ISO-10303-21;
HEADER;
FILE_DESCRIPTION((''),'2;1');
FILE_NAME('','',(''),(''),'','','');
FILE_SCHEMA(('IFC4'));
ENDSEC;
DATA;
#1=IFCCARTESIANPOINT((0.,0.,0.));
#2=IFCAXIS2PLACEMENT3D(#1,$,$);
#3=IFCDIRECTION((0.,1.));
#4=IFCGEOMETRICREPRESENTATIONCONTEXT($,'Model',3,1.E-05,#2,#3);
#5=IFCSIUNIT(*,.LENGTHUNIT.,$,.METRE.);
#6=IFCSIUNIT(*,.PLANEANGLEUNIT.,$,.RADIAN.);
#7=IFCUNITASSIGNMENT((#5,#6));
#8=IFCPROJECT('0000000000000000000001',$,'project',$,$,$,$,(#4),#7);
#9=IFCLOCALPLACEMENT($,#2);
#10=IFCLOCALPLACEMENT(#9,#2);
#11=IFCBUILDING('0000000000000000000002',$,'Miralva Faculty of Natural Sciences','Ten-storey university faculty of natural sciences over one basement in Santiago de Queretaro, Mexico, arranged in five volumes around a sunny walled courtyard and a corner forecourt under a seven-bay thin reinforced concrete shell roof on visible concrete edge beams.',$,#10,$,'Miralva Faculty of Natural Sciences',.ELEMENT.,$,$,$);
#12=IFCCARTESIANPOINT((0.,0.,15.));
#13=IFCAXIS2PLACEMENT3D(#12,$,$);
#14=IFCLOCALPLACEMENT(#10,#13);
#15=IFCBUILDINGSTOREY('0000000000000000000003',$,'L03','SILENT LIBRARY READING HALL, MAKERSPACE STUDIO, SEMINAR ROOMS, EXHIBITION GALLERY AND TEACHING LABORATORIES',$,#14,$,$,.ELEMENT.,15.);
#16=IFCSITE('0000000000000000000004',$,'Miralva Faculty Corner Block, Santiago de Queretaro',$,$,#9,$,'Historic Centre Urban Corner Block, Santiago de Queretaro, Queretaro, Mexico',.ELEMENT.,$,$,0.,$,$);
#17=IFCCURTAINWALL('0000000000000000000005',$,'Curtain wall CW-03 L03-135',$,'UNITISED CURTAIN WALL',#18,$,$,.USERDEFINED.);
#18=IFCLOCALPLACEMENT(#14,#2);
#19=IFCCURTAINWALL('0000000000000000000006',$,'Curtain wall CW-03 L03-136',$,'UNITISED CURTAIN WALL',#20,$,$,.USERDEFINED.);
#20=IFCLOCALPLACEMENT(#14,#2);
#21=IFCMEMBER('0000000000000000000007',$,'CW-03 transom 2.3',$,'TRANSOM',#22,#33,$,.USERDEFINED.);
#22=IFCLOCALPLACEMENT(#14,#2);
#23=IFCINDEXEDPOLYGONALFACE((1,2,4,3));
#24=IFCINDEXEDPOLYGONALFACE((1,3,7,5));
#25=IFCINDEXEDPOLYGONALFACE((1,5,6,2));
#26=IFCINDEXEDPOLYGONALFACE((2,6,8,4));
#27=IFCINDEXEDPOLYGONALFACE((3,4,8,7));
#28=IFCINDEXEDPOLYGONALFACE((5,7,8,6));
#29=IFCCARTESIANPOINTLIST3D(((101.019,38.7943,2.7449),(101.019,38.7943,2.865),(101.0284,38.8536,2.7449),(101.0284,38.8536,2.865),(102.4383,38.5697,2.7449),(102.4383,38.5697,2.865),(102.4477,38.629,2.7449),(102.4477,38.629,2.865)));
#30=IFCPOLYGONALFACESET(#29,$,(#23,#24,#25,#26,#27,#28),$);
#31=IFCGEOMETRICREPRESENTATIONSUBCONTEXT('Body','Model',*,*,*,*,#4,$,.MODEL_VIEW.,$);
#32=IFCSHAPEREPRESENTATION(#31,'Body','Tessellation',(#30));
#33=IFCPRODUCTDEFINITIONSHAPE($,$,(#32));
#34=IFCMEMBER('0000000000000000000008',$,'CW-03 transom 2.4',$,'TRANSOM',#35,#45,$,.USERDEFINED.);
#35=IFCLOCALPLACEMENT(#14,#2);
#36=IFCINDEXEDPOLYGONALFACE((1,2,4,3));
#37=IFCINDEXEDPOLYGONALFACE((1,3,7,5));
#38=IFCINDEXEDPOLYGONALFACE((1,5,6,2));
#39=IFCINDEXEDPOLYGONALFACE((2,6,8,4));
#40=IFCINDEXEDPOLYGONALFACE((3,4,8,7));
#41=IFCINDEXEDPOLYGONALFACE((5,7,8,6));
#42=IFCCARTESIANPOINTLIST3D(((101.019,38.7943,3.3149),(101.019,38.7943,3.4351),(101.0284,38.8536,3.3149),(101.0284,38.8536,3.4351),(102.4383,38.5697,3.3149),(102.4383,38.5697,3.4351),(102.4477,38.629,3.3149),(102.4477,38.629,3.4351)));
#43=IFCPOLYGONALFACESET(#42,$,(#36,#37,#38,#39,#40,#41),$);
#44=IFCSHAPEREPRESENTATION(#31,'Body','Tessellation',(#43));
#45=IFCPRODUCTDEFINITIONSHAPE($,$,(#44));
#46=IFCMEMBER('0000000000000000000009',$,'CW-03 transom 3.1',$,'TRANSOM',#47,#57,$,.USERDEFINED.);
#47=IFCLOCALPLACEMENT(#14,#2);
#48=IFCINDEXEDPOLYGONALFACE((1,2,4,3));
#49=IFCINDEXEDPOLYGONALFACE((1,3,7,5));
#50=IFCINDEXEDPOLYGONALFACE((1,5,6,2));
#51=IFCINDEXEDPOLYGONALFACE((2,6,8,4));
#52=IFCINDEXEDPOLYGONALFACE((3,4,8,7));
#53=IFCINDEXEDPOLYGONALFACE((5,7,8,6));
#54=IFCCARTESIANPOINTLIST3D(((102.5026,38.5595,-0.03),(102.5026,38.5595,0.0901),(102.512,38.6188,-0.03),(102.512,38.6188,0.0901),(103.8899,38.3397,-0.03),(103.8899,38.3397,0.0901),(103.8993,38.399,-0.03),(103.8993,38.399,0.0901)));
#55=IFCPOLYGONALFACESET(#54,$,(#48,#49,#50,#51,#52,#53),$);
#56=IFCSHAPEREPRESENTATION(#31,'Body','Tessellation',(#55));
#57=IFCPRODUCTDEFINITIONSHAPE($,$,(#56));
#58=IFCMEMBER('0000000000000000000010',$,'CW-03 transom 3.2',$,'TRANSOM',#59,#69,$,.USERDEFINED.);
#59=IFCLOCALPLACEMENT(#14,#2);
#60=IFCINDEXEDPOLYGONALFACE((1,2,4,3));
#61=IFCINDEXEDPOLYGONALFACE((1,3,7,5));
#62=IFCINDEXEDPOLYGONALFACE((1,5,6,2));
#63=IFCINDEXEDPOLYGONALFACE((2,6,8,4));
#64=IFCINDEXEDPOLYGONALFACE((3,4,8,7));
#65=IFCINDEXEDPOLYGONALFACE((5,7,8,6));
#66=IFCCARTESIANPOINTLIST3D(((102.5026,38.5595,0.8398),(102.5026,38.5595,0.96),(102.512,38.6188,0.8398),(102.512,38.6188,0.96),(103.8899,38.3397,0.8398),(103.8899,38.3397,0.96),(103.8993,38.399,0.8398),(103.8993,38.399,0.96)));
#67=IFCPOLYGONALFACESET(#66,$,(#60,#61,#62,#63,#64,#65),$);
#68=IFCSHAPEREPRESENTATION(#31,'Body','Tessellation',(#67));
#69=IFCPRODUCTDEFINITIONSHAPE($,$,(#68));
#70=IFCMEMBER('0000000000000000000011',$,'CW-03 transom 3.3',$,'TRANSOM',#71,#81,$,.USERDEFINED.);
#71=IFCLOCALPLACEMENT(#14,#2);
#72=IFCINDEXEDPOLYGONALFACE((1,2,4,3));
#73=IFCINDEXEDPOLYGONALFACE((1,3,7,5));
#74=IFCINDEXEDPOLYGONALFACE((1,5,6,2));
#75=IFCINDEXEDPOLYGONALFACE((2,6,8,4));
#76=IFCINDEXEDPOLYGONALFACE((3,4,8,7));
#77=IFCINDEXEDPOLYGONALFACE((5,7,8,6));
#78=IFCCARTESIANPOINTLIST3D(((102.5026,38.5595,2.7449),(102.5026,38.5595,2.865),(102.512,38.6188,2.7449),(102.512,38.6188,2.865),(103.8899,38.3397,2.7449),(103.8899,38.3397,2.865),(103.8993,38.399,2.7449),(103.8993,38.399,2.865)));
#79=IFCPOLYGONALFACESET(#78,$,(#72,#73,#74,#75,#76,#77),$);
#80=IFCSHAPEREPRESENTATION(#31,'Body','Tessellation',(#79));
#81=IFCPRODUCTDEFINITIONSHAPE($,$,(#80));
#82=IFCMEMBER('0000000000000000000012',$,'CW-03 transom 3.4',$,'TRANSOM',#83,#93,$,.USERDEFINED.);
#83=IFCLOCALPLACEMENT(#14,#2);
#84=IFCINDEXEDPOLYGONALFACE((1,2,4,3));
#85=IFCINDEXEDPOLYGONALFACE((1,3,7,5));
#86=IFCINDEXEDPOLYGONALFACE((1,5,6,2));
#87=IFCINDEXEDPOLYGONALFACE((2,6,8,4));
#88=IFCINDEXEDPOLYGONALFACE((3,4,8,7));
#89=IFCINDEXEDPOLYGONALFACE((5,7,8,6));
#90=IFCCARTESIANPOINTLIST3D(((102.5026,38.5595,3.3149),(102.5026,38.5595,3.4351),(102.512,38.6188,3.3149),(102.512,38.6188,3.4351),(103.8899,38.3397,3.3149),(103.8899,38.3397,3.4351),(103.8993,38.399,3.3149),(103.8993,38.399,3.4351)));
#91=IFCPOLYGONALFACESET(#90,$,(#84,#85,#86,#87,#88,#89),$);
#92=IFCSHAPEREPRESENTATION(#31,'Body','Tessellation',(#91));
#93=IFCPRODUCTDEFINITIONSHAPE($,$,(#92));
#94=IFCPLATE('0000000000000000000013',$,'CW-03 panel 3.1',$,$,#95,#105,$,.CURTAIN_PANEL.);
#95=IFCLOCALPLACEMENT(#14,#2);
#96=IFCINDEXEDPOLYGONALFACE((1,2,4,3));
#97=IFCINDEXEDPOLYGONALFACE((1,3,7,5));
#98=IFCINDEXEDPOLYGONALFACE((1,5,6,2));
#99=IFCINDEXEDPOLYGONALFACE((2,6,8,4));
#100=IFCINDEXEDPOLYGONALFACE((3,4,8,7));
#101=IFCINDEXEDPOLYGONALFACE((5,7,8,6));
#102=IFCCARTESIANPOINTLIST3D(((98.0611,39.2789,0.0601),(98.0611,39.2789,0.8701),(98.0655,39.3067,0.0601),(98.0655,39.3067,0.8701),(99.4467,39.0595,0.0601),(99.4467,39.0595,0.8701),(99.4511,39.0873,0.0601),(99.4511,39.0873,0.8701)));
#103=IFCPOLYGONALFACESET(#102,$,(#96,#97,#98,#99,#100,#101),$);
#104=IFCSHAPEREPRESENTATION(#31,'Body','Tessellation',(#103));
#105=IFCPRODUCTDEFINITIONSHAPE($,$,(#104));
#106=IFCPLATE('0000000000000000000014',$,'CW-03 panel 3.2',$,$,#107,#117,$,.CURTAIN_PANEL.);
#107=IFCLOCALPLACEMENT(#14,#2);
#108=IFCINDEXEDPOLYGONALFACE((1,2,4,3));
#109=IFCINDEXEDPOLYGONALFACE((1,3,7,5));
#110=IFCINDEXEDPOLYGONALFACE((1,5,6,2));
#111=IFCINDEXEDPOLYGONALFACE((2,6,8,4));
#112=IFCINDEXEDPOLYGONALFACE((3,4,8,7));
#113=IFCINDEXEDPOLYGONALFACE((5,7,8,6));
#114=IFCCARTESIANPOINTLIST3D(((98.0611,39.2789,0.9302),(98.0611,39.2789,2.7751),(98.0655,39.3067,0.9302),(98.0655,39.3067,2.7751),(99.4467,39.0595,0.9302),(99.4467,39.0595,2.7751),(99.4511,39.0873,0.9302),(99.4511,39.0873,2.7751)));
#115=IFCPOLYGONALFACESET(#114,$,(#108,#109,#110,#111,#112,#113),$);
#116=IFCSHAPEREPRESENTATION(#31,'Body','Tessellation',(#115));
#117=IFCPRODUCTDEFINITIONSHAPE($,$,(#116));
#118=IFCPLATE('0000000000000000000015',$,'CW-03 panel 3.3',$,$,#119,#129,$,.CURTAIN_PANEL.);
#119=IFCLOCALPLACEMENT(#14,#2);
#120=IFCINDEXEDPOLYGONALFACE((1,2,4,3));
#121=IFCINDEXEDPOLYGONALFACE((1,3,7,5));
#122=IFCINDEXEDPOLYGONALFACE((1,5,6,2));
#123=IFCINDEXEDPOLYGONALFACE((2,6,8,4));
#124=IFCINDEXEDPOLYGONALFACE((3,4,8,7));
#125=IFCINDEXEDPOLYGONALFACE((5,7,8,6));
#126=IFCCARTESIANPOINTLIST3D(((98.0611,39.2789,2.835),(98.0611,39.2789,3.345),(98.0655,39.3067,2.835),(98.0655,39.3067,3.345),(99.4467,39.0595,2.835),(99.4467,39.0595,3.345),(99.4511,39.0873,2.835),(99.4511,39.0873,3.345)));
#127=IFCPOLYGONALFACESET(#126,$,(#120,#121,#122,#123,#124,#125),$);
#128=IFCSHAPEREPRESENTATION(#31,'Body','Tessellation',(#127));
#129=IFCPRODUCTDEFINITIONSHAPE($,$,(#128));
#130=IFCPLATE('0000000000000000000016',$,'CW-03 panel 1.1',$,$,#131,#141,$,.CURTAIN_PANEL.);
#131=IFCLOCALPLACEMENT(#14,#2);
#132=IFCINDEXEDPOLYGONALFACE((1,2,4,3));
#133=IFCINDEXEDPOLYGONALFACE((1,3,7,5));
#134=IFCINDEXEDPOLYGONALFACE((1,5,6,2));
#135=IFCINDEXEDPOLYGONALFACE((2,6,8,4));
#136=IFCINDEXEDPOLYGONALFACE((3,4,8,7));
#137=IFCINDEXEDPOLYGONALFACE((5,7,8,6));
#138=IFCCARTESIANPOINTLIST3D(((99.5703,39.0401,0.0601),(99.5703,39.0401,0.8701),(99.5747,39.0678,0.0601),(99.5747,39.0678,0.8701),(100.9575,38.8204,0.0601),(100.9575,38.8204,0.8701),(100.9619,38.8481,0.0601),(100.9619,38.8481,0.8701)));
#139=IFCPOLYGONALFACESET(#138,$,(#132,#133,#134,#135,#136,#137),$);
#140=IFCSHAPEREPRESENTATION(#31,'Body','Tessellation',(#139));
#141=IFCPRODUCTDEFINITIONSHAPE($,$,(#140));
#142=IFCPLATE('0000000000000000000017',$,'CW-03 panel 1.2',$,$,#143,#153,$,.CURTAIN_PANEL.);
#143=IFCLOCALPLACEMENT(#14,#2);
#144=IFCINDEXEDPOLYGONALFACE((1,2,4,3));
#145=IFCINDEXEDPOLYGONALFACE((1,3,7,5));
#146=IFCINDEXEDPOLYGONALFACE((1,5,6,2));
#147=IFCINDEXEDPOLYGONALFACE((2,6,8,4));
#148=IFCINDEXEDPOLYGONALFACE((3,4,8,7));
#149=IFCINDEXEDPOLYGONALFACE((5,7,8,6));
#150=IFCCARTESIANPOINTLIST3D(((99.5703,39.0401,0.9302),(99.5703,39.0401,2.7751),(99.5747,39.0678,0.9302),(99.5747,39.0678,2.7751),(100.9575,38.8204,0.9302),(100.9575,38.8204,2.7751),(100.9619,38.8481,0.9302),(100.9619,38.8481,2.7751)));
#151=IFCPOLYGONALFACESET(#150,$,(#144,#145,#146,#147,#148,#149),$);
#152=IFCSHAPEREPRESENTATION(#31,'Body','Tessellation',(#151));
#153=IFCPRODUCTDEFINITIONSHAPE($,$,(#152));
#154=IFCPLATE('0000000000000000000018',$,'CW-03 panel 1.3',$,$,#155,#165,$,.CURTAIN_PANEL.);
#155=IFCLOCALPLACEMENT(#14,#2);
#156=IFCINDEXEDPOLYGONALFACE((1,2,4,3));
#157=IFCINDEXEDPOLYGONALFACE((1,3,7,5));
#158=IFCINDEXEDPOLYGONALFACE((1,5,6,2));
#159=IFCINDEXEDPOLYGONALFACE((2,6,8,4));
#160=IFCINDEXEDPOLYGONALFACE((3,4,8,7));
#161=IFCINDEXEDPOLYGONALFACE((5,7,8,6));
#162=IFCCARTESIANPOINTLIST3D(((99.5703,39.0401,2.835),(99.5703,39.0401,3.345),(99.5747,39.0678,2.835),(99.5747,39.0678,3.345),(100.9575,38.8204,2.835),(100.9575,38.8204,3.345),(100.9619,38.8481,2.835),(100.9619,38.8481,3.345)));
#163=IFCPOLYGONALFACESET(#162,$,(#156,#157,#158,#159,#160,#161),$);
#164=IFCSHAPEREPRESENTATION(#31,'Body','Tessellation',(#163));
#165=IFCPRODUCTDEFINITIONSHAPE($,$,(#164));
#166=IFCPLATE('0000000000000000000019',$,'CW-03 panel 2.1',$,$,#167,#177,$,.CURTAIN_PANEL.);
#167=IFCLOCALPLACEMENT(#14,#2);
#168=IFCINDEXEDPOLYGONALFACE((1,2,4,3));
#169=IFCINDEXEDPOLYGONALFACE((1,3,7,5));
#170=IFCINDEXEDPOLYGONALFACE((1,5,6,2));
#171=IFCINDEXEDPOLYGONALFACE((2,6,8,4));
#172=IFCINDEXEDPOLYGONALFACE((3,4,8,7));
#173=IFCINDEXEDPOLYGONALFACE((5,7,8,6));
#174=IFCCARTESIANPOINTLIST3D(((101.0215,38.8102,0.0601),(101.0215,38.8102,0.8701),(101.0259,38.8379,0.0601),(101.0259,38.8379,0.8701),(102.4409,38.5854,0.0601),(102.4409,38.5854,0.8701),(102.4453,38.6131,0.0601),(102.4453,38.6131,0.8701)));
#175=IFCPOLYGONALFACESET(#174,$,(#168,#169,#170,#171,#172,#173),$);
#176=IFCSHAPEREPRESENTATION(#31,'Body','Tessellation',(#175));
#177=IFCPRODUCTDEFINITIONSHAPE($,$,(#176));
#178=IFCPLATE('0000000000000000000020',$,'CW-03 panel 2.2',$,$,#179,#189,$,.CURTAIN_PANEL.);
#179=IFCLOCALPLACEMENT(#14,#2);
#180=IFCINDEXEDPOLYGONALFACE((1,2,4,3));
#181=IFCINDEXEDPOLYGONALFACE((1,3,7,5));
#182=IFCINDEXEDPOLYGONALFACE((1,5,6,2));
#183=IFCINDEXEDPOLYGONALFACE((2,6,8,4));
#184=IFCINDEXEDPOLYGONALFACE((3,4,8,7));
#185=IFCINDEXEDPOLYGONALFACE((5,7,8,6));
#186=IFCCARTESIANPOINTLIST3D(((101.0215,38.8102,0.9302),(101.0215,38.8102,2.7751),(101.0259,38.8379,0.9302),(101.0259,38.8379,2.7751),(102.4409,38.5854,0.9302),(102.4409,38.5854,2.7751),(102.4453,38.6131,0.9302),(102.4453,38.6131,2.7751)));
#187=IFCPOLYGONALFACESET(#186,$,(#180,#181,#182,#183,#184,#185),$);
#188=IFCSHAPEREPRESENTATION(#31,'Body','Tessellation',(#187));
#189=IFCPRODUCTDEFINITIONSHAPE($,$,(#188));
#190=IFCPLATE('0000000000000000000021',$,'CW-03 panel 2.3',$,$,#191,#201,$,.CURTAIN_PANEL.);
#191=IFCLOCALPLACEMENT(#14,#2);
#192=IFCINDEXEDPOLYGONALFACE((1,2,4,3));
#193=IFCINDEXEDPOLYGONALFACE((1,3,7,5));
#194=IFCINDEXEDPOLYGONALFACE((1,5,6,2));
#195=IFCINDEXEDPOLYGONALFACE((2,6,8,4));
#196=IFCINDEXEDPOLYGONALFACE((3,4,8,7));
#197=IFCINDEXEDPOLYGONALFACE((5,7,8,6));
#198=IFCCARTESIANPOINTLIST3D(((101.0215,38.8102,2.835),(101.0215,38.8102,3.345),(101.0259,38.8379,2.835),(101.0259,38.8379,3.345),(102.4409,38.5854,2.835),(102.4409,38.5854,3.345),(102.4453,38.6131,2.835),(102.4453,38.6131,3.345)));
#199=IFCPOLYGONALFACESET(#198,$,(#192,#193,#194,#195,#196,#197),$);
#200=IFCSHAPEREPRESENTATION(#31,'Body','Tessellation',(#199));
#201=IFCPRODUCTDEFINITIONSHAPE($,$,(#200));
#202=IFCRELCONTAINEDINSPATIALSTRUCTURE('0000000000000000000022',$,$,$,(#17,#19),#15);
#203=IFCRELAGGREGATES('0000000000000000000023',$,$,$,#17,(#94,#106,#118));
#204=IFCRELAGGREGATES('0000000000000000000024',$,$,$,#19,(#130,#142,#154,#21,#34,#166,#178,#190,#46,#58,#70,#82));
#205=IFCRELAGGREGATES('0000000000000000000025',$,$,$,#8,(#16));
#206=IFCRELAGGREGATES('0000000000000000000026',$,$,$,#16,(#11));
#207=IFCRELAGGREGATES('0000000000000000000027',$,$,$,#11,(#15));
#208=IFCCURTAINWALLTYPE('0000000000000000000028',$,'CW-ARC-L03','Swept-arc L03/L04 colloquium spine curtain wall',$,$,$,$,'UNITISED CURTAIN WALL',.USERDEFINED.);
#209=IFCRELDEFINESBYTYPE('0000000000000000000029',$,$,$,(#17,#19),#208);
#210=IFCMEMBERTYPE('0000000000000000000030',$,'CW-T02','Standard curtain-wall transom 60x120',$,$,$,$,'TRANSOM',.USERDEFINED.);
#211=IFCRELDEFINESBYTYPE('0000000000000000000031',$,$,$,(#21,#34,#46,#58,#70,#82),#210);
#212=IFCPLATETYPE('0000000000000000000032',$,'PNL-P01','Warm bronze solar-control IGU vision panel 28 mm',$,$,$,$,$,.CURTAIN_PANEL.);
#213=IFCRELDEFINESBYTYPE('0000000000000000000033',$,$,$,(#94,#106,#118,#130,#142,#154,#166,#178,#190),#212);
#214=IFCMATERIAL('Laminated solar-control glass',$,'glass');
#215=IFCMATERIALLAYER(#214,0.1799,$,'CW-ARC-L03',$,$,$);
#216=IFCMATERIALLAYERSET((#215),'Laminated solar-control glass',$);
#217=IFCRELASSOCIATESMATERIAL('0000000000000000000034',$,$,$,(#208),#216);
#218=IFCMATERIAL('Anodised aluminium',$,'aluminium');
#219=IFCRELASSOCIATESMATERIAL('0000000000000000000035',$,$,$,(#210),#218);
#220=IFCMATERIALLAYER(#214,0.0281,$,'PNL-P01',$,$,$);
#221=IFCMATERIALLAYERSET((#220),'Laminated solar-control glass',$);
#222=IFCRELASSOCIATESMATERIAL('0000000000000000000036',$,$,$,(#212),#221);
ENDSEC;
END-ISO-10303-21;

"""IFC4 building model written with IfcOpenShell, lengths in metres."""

from ifc_helpers import new_model, si_unit, direction, frame, origin, origin_2d, place, context, subcontext, project, spatial, rectangle, extrude, material, layer, layer_set, material_profile, profile_set, type_object, element, aggregate, save


model = new_model("IFC4")

# Units and contexts
model_context = context("Model", 3, precision=1e-05, world=origin(), true_north=direction((0.0, 1.0)))
body_context = subcontext(model_context, "Body", "Model", "MODEL_VIEW")
ifc_project = project(units=[si_unit("LENGTHUNIT", "METRE"), si_unit("PLANEANGLEUNIT", "RADIAN")], contexts=[model_context])

# Site, building, storey
site_placement = place(None, origin())
site = spatial("IfcSite", under=ifc_project, at=site_placement, Name="Miralva Faculty Corner Block, Santiago de Queretaro", LongName="Historic Centre Urban Corner Block, Santiago de Queretaro, Queretaro, Mexico", CompositionType="ELEMENT", RefElevation=0.0)
building_placement = place(site_placement, origin())
building = spatial("IfcBuilding", under=site, at=building_placement, Name="Miralva Faculty of Natural Sciences", Description="Ten-storey university faculty of natural sciences over one basement in Santiago de Queretaro, Mexico, arranged in five volumes around a sunny walled courtyard and a corner forecourt under a seven-bay thin reinforced concrete shell roof on visible concrete edge beams.", LongName="Miralva Faculty of Natural Sciences", CompositionType="ELEMENT")
storey_placement = place(building_placement, frame((0.0, 0.0, 15.0)))
storey = spatial("IfcBuildingStorey", under=building, at=storey_placement, Name="L03", Description="SILENT LIBRARY READING HALL, MAKERSPACE STUDIO, SEMINAR ROOMS, EXHIBITION GALLERY AND TEACHING LABORATORIES", CompositionType="ELEMENT", Elevation=15.0)

# Curtain wall
ifc_material_1 = material(Name="Laminated solar-control glass", Category="glass")
ifc_layer_1 = layer(ifc_material_1, 0.1799, Name="CW-ARC-L03")
ifc_layer_set_1 = layer_set([ifc_layer_1], Name="Laminated solar-control glass")
curtain_wall_type = type_object("IfcCurtainWallType", Name="CW-ARC-L03", Description="Swept-arc L03/L04 colloquium spine curtain wall", ElementType="UNITISED CURTAIN WALL", PredefinedType="USERDEFINED", material=ifc_layer_set_1)
curtain_wall_1_placement = place(storey_placement, origin())
curtain_wall_1 = element("IfcCurtainWall", 1, at=curtain_wall_1_placement, inside=storey, type_object=curtain_wall_type, Name="Curtain wall CW-03 L03-135", ObjectType="UNITISED CURTAIN WALL", PredefinedType="USERDEFINED")
ifc_material_2 = material(Name="Anodised aluminium", Category="aluminium")

# Curtain wall, members
curtain_wall_2_placement = place(storey_placement, origin())
curtain_wall_2 = element("IfcCurtainWall", 2, at=curtain_wall_2_placement, inside=storey, type_object=curtain_wall_type, Name="Curtain wall CW-03 L03-136", ObjectType="UNITISED CURTAIN WALL", PredefinedType="USERDEFINED")
ifc_material_profile_1 = material_profile(ifc_material_2, rectangle(XDim=0.0601, YDim=0.1201, at=origin_2d()), Name="TRANSOM 60x120")
ifc_profile_set_1 = profile_set([ifc_material_profile_1], Name="Anodised aluminium")
member_type_1 = type_object("IfcMemberType", Name="CW-T02", Description="Standard curtain-wall transom 60x120", ElementType="TRANSOM", PredefinedType="USERDEFINED", material=ifc_profile_set_1)
member_1_placement = place(storey_placement, frame((101.0237, 38.824, 2.8049), z_axis=(0.987711, -0.156294, 0.0), x_axis=(0.156294, 0.987711, 0.0)))
member_1 = element("IfcMember", 3, at=member_1_placement, type_object=member_type_1, Name="CW-03 transom 2.3", ObjectType="TRANSOM", PredefinedType="USERDEFINED", context=body_context, shape_type="SweptSolid", body=[
    extrude(rectangle(XDim=0.0601, YDim=0.1201, at=origin_2d()), origin(), (0.0, 0.0, 1.0), 1.437),
])
member_2_placement = place(storey_placement, frame((101.0237, 38.824, 3.375), z_axis=(0.987711, -0.156294, 0.0), x_axis=(0.156294, 0.987711, 0.0)))
member_2 = element("IfcMember", 4, at=member_2_placement, type_object=member_type_1, Name="CW-03 transom 2.4", ObjectType="TRANSOM", PredefinedType="USERDEFINED", context=body_context, shape_type="SweptSolid", body=[
    extrude(rectangle(XDim=0.0601, YDim=0.1201, at=origin_2d()), origin(), (0.0, 0.0, 1.0), 1.437),
])
member_3_placement = place(storey_placement, frame((102.5073, 38.5891, 0.03), z_axis=(0.987687, -0.156445, 0.0), x_axis=(0.156445, 0.987687, 0.0)))
member_3 = element("IfcMember", 5, at=member_3_placement, type_object=member_type_1, Name="CW-03 transom 3.1", ObjectType="TRANSOM", PredefinedType="USERDEFINED", context=body_context, shape_type="SweptSolid", body=[
    extrude(rectangle(XDim=0.0601, YDim=0.1201, at=origin_2d()), origin(), (0.0, 0.0, 1.0), 1.4045),
])
member_4_placement = place(storey_placement, frame((102.5073, 38.5891, 0.8999), z_axis=(0.987687, -0.156445, 0.0), x_axis=(0.156445, 0.987687, 0.0)))
member_4 = element("IfcMember", 6, at=member_4_placement, type_object=member_type_1, Name="CW-03 transom 3.2", ObjectType="TRANSOM", PredefinedType="USERDEFINED", context=body_context, shape_type="SweptSolid", body=[
    extrude(rectangle(XDim=0.0601, YDim=0.1201, at=origin_2d()), origin(), (0.0, 0.0, 1.0), 1.4045),
])
member_5_placement = place(storey_placement, frame((102.5073, 38.5891, 2.8049), z_axis=(0.987687, -0.156445, 0.0), x_axis=(0.156445, 0.987687, 0.0)))
member_5 = element("IfcMember", 7, at=member_5_placement, type_object=member_type_1, Name="CW-03 transom 3.3", ObjectType="TRANSOM", PredefinedType="USERDEFINED", context=body_context, shape_type="SweptSolid", body=[
    extrude(rectangle(XDim=0.0601, YDim=0.1201, at=origin_2d()), origin(), (0.0, 0.0, 1.0), 1.4045),
])
member_6_placement = place(storey_placement, frame((102.5073, 38.5891, 3.375), z_axis=(0.987687, -0.156445, 0.0), x_axis=(0.156445, 0.987687, 0.0)))
member_6 = element("IfcMember", 8, at=member_6_placement, type_object=member_type_1, Name="CW-03 transom 3.4", ObjectType="TRANSOM", PredefinedType="USERDEFINED", context=body_context, shape_type="SweptSolid", body=[
    extrude(rectangle(XDim=0.0601, YDim=0.1201, at=origin_2d()), origin(), (0.0, 0.0, 1.0), 1.4045),
])

# Plates
ifc_layer_2 = layer(ifc_material_1, 0.0281, Name="PNL-P01")
ifc_layer_set_2 = layer_set([ifc_layer_2], Name="Laminated solar-control glass")
plate_type = type_object("IfcPlateType", Name="PNL-P01", Description="Warm bronze solar-control IGU vision panel 28 mm", PredefinedType="CURTAIN_PANEL", material=ifc_layer_set_2)
plate_1_placement = place(storey_placement, frame((98.7561, 39.1831, 0.0601), z_axis=(0.0, 0.0, 1.0), x_axis=(0.987692, -0.15641, 0.0)))
plate_1 = element("IfcPlate", 9, at=plate_1_placement, type_object=plate_type, Name="CW-03 panel 3.1", PredefinedType="CURTAIN_PANEL", context=body_context, shape_type="SweptSolid", body=[
    extrude(rectangle(XDim=1.4028, YDim=0.0281, at=origin_2d()), origin(), (0.0, 0.0, 1.0), 0.8101),
])
plate_2_placement = place(storey_placement, frame((98.7561, 39.1831, 0.9302), z_axis=(0.0, 0.0, 1.0), x_axis=(0.987692, -0.15641, 0.0)))
plate_2 = element("IfcPlate", 10, at=plate_2_placement, type_object=plate_type, Name="CW-03 panel 3.2", PredefinedType="CURTAIN_PANEL", context=body_context, shape_type="SweptSolid", body=[
    extrude(rectangle(XDim=1.4028, YDim=0.0281, at=origin_2d()), origin(), (0.0, 0.0, 1.0), 1.845),
])
plate_3_placement = place(storey_placement, frame((98.7561, 39.1831, 2.835), z_axis=(0.0, 0.0, 1.0), x_axis=(0.987692, -0.15641, 0.0)))
plate_3 = element("IfcPlate", 11, at=plate_3_placement, type_object=plate_type, Name="CW-03 panel 3.3", PredefinedType="CURTAIN_PANEL", context=body_context, shape_type="SweptSolid", body=[
    extrude(rectangle(XDim=1.4028, YDim=0.0281, at=origin_2d()), origin(), (0.0, 0.0, 1.0), 0.51),
])
aggregate(curtain_wall_1, [plate_1, plate_2, plate_3])
plate_4_placement = place(storey_placement, frame((100.2661, 38.9441, 0.0601), z_axis=(0.0, 0.0, 1.0), x_axis=(0.987688, -0.156437, 0.0)))
plate_4 = element("IfcPlate", 12, at=plate_4_placement, type_object=plate_type, Name="CW-03 panel 1.1", PredefinedType="CURTAIN_PANEL", context=body_context, shape_type="SweptSolid", body=[
    extrude(rectangle(XDim=1.4045, YDim=0.0281, at=origin_2d()), origin(), (0.0, 0.0, 1.0), 0.8101),
])
plate_5_placement = place(storey_placement, frame((100.2661, 38.9441, 0.9302), z_axis=(0.0, 0.0, 1.0), x_axis=(0.987688, -0.156437, 0.0)))
plate_5 = element("IfcPlate", 13, at=plate_5_placement, type_object=plate_type, Name="CW-03 panel 1.2", PredefinedType="CURTAIN_PANEL", context=body_context, shape_type="SweptSolid", body=[
    extrude(rectangle(XDim=1.4045, YDim=0.0281, at=origin_2d()), origin(), (0.0, 0.0, 1.0), 1.845),
])
plate_6_placement = place(storey_placement, frame((100.2661, 38.9441, 2.835), z_axis=(0.0, 0.0, 1.0), x_axis=(0.987688, -0.156437, 0.0)))
plate_6 = element("IfcPlate", 14, at=plate_6_placement, type_object=plate_type, Name="CW-03 panel 1.3", PredefinedType="CURTAIN_PANEL", context=body_context, shape_type="SweptSolid", body=[
    extrude(rectangle(XDim=1.4045, YDim=0.0281, at=origin_2d()), origin(), (0.0, 0.0, 1.0), 0.51),
])
plate_7_placement = place(storey_placement, frame((101.7334, 38.7117, 0.0601), z_axis=(0.0, 0.0, 1.0), x_axis=(0.987688, -0.156437, 0.0)))
plate_7 = element("IfcPlate", 15, at=plate_7_placement, type_object=plate_type, Name="CW-03 panel 2.1", PredefinedType="CURTAIN_PANEL", context=body_context, shape_type="SweptSolid", body=[
    extrude(rectangle(XDim=1.437, YDim=0.0281, at=origin_2d()), origin(), (0.0, 0.0, 1.0), 0.8101),
])
plate_8_placement = place(storey_placement, frame((101.7334, 38.7117, 0.9302), z_axis=(0.0, 0.0, 1.0), x_axis=(0.987688, -0.156437, 0.0)))
plate_8 = element("IfcPlate", 16, at=plate_8_placement, type_object=plate_type, Name="CW-03 panel 2.2", PredefinedType="CURTAIN_PANEL", context=body_context, shape_type="SweptSolid", body=[
    extrude(rectangle(XDim=1.437, YDim=0.0281, at=origin_2d()), origin(), (0.0, 0.0, 1.0), 1.845),
])
plate_9_placement = place(storey_placement, frame((101.7334, 38.7117, 2.835), z_axis=(0.0, 0.0, 1.0), x_axis=(0.987688, -0.156437, 0.0)))
plate_9 = element("IfcPlate", 17, at=plate_9_placement, type_object=plate_type, Name="CW-03 panel 2.3", PredefinedType="CURTAIN_PANEL", context=body_context, shape_type="SweptSolid", body=[
    extrude(rectangle(XDim=1.437, YDim=0.0281, at=origin_2d()), origin(), (0.0, 0.0, 1.0), 0.51),
])
aggregate(curtain_wall_2, [plate_4, plate_5, plate_6, member_1, member_2, plate_7, plate_8, plate_9, member_3, member_4, member_5, member_6])

save(model, "model.ifc")
